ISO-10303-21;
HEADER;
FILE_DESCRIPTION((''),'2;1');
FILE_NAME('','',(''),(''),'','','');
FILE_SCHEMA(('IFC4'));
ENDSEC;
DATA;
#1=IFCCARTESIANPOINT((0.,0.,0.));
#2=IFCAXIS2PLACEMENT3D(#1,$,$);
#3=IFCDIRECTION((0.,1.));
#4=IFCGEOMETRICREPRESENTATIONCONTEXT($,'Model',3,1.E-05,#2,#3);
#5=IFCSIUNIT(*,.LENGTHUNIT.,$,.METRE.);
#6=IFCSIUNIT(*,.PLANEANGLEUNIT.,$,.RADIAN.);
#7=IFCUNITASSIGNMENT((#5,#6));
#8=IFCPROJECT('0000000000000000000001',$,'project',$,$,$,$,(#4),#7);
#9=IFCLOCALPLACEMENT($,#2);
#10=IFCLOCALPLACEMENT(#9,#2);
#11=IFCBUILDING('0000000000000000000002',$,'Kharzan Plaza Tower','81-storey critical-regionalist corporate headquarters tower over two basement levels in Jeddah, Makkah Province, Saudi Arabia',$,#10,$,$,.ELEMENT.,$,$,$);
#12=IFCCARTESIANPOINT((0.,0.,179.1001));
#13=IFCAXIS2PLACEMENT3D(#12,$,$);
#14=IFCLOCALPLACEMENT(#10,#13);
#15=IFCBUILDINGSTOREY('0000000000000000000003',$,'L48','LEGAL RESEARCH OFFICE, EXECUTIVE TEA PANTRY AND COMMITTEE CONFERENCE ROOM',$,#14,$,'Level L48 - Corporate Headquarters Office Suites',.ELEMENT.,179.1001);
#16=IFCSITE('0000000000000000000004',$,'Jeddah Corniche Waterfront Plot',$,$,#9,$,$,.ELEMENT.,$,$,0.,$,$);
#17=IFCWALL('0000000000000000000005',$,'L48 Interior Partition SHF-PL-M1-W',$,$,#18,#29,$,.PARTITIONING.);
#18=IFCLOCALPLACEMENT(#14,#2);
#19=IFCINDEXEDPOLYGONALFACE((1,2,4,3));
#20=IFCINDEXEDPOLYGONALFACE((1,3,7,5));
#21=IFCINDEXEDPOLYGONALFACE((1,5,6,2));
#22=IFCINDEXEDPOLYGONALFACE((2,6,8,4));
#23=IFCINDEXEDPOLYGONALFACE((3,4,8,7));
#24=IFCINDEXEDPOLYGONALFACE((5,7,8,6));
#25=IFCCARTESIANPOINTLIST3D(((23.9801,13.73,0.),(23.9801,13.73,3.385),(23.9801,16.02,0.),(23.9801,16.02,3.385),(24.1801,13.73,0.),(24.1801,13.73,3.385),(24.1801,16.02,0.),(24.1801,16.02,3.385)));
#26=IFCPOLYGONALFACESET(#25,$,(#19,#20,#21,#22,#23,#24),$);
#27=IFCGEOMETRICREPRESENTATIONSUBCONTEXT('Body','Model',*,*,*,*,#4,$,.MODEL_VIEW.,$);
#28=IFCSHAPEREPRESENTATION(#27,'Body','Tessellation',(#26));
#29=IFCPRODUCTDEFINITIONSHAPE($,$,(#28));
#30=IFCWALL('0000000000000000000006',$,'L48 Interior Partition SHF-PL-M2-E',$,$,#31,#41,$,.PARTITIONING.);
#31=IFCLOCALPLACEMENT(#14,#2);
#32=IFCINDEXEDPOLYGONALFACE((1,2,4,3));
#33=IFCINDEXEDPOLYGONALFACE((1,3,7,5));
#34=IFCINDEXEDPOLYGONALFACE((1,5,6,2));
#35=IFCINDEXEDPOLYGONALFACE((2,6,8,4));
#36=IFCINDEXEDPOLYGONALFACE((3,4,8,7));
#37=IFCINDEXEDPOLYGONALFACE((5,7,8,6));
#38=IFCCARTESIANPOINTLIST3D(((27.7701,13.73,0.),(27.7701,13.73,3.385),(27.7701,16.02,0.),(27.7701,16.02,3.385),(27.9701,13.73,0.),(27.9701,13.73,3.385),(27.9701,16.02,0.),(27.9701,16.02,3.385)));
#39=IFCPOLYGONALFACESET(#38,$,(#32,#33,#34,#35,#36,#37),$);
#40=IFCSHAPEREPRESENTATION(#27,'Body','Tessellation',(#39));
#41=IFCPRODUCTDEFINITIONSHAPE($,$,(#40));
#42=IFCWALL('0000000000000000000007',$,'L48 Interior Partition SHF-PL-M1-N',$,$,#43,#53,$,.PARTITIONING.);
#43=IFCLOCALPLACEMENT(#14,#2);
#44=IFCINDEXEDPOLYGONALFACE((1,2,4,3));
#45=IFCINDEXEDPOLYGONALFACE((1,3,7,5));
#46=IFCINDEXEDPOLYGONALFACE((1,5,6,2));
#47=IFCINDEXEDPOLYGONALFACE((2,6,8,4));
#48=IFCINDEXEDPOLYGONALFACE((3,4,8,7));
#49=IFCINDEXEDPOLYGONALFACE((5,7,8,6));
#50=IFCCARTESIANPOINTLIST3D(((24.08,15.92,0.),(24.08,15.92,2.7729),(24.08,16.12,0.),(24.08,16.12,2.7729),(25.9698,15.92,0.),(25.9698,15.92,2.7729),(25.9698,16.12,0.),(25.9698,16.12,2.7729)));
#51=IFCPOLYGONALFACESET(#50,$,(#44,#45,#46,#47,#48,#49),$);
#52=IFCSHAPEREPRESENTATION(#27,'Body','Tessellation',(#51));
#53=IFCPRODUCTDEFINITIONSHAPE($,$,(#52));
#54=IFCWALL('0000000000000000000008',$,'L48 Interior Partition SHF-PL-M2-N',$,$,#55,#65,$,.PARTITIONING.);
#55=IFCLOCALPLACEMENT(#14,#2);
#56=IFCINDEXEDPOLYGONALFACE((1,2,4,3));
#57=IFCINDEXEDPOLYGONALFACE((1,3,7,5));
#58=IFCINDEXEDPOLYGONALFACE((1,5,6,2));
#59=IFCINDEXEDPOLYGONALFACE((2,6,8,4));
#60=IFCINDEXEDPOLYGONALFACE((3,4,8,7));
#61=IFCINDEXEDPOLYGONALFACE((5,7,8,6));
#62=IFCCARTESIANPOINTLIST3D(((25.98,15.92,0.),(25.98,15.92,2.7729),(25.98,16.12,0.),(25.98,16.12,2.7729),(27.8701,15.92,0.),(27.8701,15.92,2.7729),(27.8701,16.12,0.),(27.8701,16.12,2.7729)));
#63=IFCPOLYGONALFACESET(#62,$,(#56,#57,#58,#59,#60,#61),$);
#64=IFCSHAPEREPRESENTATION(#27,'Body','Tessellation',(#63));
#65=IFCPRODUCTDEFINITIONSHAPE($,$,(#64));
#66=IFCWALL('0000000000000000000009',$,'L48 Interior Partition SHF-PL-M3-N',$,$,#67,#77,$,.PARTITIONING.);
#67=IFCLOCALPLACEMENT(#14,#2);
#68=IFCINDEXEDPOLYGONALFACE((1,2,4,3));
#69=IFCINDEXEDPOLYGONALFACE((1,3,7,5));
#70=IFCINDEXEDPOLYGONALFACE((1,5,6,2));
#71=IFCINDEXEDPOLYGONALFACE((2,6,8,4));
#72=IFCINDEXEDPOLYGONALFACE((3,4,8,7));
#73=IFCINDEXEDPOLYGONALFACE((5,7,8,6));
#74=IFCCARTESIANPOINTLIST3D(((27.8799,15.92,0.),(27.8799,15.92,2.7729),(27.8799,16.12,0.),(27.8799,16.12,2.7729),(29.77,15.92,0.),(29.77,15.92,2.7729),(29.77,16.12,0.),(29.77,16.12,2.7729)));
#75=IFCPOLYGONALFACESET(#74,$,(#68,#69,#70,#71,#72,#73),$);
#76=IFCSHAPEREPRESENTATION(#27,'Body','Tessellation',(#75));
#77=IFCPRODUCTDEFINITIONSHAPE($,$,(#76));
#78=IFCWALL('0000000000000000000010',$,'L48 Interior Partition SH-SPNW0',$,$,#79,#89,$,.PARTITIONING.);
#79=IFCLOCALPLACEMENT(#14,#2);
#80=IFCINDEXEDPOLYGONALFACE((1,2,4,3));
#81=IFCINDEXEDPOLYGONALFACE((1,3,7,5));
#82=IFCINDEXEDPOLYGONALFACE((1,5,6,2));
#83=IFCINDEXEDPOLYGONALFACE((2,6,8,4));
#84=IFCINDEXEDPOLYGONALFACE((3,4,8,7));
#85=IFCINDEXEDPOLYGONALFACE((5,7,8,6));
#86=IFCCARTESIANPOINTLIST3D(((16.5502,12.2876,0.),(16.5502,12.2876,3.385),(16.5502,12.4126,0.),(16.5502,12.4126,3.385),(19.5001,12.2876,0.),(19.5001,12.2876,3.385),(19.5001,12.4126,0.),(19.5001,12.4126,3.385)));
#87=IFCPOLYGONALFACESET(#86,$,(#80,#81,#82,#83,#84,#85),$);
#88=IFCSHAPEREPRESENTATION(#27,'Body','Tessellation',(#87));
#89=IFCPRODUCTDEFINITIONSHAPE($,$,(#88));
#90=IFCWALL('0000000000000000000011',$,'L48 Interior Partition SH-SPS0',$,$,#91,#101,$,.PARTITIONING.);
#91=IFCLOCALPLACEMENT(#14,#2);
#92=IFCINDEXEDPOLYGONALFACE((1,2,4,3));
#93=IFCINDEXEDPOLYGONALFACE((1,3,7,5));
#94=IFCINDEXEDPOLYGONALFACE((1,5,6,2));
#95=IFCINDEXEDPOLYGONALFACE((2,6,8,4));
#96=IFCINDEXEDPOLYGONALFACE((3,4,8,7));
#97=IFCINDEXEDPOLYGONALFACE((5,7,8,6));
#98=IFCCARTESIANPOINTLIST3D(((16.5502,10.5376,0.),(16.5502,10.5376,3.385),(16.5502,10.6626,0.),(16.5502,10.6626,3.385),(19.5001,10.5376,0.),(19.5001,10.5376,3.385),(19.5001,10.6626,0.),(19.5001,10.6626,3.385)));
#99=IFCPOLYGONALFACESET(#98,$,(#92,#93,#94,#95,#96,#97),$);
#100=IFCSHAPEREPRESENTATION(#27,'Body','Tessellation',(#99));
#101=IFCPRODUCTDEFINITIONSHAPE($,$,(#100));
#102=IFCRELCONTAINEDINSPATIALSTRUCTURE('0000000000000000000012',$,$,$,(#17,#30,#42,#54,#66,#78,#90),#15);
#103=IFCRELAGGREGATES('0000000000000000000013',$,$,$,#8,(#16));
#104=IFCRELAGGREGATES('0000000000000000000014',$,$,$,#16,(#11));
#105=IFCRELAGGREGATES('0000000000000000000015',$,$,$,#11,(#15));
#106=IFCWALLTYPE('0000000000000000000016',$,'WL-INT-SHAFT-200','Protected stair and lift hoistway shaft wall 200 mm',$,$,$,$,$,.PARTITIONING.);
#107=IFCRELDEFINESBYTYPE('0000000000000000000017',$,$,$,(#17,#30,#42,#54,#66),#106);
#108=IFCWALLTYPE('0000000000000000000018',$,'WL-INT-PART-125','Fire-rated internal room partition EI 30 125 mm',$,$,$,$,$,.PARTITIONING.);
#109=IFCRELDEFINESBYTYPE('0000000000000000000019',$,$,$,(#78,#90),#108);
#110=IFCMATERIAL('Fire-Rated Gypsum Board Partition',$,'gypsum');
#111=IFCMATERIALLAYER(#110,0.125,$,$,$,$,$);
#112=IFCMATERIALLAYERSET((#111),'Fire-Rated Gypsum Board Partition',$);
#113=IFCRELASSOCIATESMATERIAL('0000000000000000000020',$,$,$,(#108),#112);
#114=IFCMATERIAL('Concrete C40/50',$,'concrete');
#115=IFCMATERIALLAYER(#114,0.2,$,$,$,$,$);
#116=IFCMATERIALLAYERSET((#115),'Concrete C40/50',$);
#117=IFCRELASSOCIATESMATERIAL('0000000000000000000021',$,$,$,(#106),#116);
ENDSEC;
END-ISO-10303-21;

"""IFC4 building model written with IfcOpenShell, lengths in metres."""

from ifc_helpers import new_model, si_unit, direction, frame, frame_2d, origin, place, context, subcontext, project, spatial, rectangle, extrude, source, transform, mapped, material, layer, layer_set, type_object, element, save


model = new_model("IFC4")

# Units and contexts
model_context = context("Model", 3, precision=1e-05, world=origin(), true_north=direction((0.0, 1.0)))
body_context = subcontext(model_context, "Body", "Model", "MODEL_VIEW")
ifc_project = project(units=[si_unit("LENGTHUNIT", "METRE"), si_unit("PLANEANGLEUNIT", "RADIAN")], contexts=[model_context])

# Site, building, storey
site_placement = place(None, origin())
site = spatial("IfcSite", under=ifc_project, at=site_placement, Name="Jeddah Corniche Waterfront Plot", CompositionType="ELEMENT", RefElevation=0.0)
building_placement = place(site_placement, origin())
building = spatial("IfcBuilding", under=site, at=building_placement, Name="Kharzan Plaza Tower", Description="81-storey critical-regionalist corporate headquarters tower over two basement levels in Jeddah, Makkah Province, Saudi Arabia", CompositionType="ELEMENT")
storey_placement = place(building_placement, frame((0.0, 0.0, 179.1001)))
storey = spatial("IfcBuildingStorey", under=building, at=storey_placement, Name="L48", Description="LEGAL RESEARCH OFFICE, EXECUTIVE TEA PANTRY AND COMMITTEE CONFERENCE ROOM", LongName="Level L48 - Corporate Headquarters Office Suites", CompositionType="ELEMENT", Elevation=179.1001)

# Shared definitions
ifc_material_1 = material(Name="Fire-Rated Gypsum Board Partition", Category="gypsum")
ifc_layer_1 = layer(ifc_material_1, 0.125)
ifc_layer_set_1 = layer_set([ifc_layer_1], Name="Fire-Rated Gypsum Board Partition")
wall_type_1 = type_object("IfcWallType", Name="WL-INT-PART-125", Description="Fire-rated internal room partition EI 30 125 mm", PredefinedType="PARTITIONING", material=ifc_layer_set_1)
ifc_material_2 = material(Name="Concrete C40/50", Category="concrete")
ifc_layer_2 = layer(ifc_material_2, 0.2)
ifc_layer_set_2 = layer_set([ifc_layer_2], Name="Concrete C40/50")
wall_type_2 = type_object("IfcWallType", Name="WL-INT-SHAFT-200", Description="Protected stair and lift hoistway shaft wall 200 mm", PredefinedType="PARTITIONING", material=ifc_layer_set_2)

# Walls
shared_shape_1 = source(origin(), body_context, "Body", "SweptSolid", [
    extrude(rectangle(XDim=2.29, YDim=0.2, at=frame_2d((1.145, 0.0))), origin(), (0.0, 0.0, 1.0), 3.385),
])
for number, where, z_axis, x_axis, name in (
    (1, (24.0801, 13.73, 0.0), (0.0, 0.0, 1.0), (0.0, 1.0, 0.0), "L48 Interior Partition SHF-PL-M1-W"),
    (2, (27.8701, 13.73, 0.0), (0.0, 0.0, 1.0), (0.0, 1.0, 0.0), "L48 Interior Partition SHF-PL-M2-E"),
):
    element("IfcWall", number, at=place(storey_placement, frame(where, z_axis=z_axis, x_axis=x_axis)), inside=storey, type_object=wall_type_2, Name=name, PredefinedType="PARTITIONING", context=body_context, shape_type="MappedRepresentation", body=[
        mapped(shared_shape_1, transform((0.0, 0.0, 0.0), x_axis=(1.0, 0.0, 0.0), y_axis=(0.0, 1.0, 0.0), z_axis=(0.0, 0.0, 1.0))),
    ])
shared_shape_2 = source(origin(), body_context, "Body", "SweptSolid", [
    extrude(rectangle(XDim=1.8899, YDim=0.2, at=frame_2d((0.9448, 0.0))), origin(), (0.0, 0.0, 1.0), 2.7729),
])
wall_1_placement = place(storey_placement, frame((24.0801, 16.02, 0.0), z_axis=(0.0, 0.0, 1.0), x_axis=(1.0, 0.0, 0.0)))
element("IfcWall", 3, at=wall_1_placement, inside=storey, type_object=wall_type_2, Name="L48 Interior Partition SHF-PL-M1-N", PredefinedType="PARTITIONING", context=body_context, shape_type="MappedRepresentation", body=[
    mapped(shared_shape_2, transform((0.0, 0.0, 0.0), x_axis=(1.0, 0.0, 0.0), y_axis=(0.0, 1.0, 0.0), z_axis=(0.0, 0.0, 1.0))),
])
shared_shape_3 = source(origin(), body_context, "Body", "SweptSolid", [
    extrude(rectangle(XDim=1.8901, YDim=0.2, at=frame_2d((0.9451, 0.0))), origin(), (0.0, 0.0, 1.0), 2.7729),
])
for number, where, z_axis, x_axis, name in (
    (4, (25.98, 16.02, 0.0), (0.0, 0.0, 1.0), (1.0, 0.0, 0.0), "L48 Interior Partition SHF-PL-M2-N"),
    (5, (27.8799, 16.02, 0.0), (0.0, 0.0, 1.0), (1.0, 0.0, 0.0), "L48 Interior Partition SHF-PL-M3-N"),
):
    element("IfcWall", number, at=place(storey_placement, frame(where, z_axis=z_axis, x_axis=x_axis)), inside=storey, type_object=wall_type_2, Name=name, PredefinedType="PARTITIONING", context=body_context, shape_type="MappedRepresentation", body=[
        mapped(shared_shape_3, transform((0.0, 0.0, 0.0), x_axis=(1.0, 0.0, 0.0), y_axis=(0.0, 1.0, 0.0), z_axis=(0.0, 0.0, 1.0))),
    ])
shared_shape_4 = source(origin(), body_context, "Body", "SweptSolid", [
    extrude(rectangle(XDim=2.95, YDim=0.125, at=frame_2d((1.4751, 0.0))), origin(), (0.0, 0.0, 1.0), 3.385),
])
for number, where, z_axis, x_axis, name in (
    (6, (16.55, 12.3501, 0.0), (0.0, 0.0, 1.0), (1.0, 0.0, 0.0), "L48 Interior Partition SH-SPNW0"),
    (7, (16.55, 10.6001, 0.0), (0.0, 0.0, 1.0), (1.0, 0.0, 0.0), "L48 Interior Partition SH-SPS0"),
):
    element("IfcWall", number, at=place(storey_placement, frame(where, z_axis=z_axis, x_axis=x_axis)), inside=storey, type_object=wall_type_1, Name=name, PredefinedType="PARTITIONING", context=body_context, shape_type="MappedRepresentation", body=[
        mapped(shared_shape_4, transform((0.0, 0.0, 0.0), x_axis=(1.0, 0.0, 0.0), y_axis=(0.0, 1.0, 0.0), z_axis=(0.0, 0.0, 1.0))),
    ])

save(model, "model.ifc")
